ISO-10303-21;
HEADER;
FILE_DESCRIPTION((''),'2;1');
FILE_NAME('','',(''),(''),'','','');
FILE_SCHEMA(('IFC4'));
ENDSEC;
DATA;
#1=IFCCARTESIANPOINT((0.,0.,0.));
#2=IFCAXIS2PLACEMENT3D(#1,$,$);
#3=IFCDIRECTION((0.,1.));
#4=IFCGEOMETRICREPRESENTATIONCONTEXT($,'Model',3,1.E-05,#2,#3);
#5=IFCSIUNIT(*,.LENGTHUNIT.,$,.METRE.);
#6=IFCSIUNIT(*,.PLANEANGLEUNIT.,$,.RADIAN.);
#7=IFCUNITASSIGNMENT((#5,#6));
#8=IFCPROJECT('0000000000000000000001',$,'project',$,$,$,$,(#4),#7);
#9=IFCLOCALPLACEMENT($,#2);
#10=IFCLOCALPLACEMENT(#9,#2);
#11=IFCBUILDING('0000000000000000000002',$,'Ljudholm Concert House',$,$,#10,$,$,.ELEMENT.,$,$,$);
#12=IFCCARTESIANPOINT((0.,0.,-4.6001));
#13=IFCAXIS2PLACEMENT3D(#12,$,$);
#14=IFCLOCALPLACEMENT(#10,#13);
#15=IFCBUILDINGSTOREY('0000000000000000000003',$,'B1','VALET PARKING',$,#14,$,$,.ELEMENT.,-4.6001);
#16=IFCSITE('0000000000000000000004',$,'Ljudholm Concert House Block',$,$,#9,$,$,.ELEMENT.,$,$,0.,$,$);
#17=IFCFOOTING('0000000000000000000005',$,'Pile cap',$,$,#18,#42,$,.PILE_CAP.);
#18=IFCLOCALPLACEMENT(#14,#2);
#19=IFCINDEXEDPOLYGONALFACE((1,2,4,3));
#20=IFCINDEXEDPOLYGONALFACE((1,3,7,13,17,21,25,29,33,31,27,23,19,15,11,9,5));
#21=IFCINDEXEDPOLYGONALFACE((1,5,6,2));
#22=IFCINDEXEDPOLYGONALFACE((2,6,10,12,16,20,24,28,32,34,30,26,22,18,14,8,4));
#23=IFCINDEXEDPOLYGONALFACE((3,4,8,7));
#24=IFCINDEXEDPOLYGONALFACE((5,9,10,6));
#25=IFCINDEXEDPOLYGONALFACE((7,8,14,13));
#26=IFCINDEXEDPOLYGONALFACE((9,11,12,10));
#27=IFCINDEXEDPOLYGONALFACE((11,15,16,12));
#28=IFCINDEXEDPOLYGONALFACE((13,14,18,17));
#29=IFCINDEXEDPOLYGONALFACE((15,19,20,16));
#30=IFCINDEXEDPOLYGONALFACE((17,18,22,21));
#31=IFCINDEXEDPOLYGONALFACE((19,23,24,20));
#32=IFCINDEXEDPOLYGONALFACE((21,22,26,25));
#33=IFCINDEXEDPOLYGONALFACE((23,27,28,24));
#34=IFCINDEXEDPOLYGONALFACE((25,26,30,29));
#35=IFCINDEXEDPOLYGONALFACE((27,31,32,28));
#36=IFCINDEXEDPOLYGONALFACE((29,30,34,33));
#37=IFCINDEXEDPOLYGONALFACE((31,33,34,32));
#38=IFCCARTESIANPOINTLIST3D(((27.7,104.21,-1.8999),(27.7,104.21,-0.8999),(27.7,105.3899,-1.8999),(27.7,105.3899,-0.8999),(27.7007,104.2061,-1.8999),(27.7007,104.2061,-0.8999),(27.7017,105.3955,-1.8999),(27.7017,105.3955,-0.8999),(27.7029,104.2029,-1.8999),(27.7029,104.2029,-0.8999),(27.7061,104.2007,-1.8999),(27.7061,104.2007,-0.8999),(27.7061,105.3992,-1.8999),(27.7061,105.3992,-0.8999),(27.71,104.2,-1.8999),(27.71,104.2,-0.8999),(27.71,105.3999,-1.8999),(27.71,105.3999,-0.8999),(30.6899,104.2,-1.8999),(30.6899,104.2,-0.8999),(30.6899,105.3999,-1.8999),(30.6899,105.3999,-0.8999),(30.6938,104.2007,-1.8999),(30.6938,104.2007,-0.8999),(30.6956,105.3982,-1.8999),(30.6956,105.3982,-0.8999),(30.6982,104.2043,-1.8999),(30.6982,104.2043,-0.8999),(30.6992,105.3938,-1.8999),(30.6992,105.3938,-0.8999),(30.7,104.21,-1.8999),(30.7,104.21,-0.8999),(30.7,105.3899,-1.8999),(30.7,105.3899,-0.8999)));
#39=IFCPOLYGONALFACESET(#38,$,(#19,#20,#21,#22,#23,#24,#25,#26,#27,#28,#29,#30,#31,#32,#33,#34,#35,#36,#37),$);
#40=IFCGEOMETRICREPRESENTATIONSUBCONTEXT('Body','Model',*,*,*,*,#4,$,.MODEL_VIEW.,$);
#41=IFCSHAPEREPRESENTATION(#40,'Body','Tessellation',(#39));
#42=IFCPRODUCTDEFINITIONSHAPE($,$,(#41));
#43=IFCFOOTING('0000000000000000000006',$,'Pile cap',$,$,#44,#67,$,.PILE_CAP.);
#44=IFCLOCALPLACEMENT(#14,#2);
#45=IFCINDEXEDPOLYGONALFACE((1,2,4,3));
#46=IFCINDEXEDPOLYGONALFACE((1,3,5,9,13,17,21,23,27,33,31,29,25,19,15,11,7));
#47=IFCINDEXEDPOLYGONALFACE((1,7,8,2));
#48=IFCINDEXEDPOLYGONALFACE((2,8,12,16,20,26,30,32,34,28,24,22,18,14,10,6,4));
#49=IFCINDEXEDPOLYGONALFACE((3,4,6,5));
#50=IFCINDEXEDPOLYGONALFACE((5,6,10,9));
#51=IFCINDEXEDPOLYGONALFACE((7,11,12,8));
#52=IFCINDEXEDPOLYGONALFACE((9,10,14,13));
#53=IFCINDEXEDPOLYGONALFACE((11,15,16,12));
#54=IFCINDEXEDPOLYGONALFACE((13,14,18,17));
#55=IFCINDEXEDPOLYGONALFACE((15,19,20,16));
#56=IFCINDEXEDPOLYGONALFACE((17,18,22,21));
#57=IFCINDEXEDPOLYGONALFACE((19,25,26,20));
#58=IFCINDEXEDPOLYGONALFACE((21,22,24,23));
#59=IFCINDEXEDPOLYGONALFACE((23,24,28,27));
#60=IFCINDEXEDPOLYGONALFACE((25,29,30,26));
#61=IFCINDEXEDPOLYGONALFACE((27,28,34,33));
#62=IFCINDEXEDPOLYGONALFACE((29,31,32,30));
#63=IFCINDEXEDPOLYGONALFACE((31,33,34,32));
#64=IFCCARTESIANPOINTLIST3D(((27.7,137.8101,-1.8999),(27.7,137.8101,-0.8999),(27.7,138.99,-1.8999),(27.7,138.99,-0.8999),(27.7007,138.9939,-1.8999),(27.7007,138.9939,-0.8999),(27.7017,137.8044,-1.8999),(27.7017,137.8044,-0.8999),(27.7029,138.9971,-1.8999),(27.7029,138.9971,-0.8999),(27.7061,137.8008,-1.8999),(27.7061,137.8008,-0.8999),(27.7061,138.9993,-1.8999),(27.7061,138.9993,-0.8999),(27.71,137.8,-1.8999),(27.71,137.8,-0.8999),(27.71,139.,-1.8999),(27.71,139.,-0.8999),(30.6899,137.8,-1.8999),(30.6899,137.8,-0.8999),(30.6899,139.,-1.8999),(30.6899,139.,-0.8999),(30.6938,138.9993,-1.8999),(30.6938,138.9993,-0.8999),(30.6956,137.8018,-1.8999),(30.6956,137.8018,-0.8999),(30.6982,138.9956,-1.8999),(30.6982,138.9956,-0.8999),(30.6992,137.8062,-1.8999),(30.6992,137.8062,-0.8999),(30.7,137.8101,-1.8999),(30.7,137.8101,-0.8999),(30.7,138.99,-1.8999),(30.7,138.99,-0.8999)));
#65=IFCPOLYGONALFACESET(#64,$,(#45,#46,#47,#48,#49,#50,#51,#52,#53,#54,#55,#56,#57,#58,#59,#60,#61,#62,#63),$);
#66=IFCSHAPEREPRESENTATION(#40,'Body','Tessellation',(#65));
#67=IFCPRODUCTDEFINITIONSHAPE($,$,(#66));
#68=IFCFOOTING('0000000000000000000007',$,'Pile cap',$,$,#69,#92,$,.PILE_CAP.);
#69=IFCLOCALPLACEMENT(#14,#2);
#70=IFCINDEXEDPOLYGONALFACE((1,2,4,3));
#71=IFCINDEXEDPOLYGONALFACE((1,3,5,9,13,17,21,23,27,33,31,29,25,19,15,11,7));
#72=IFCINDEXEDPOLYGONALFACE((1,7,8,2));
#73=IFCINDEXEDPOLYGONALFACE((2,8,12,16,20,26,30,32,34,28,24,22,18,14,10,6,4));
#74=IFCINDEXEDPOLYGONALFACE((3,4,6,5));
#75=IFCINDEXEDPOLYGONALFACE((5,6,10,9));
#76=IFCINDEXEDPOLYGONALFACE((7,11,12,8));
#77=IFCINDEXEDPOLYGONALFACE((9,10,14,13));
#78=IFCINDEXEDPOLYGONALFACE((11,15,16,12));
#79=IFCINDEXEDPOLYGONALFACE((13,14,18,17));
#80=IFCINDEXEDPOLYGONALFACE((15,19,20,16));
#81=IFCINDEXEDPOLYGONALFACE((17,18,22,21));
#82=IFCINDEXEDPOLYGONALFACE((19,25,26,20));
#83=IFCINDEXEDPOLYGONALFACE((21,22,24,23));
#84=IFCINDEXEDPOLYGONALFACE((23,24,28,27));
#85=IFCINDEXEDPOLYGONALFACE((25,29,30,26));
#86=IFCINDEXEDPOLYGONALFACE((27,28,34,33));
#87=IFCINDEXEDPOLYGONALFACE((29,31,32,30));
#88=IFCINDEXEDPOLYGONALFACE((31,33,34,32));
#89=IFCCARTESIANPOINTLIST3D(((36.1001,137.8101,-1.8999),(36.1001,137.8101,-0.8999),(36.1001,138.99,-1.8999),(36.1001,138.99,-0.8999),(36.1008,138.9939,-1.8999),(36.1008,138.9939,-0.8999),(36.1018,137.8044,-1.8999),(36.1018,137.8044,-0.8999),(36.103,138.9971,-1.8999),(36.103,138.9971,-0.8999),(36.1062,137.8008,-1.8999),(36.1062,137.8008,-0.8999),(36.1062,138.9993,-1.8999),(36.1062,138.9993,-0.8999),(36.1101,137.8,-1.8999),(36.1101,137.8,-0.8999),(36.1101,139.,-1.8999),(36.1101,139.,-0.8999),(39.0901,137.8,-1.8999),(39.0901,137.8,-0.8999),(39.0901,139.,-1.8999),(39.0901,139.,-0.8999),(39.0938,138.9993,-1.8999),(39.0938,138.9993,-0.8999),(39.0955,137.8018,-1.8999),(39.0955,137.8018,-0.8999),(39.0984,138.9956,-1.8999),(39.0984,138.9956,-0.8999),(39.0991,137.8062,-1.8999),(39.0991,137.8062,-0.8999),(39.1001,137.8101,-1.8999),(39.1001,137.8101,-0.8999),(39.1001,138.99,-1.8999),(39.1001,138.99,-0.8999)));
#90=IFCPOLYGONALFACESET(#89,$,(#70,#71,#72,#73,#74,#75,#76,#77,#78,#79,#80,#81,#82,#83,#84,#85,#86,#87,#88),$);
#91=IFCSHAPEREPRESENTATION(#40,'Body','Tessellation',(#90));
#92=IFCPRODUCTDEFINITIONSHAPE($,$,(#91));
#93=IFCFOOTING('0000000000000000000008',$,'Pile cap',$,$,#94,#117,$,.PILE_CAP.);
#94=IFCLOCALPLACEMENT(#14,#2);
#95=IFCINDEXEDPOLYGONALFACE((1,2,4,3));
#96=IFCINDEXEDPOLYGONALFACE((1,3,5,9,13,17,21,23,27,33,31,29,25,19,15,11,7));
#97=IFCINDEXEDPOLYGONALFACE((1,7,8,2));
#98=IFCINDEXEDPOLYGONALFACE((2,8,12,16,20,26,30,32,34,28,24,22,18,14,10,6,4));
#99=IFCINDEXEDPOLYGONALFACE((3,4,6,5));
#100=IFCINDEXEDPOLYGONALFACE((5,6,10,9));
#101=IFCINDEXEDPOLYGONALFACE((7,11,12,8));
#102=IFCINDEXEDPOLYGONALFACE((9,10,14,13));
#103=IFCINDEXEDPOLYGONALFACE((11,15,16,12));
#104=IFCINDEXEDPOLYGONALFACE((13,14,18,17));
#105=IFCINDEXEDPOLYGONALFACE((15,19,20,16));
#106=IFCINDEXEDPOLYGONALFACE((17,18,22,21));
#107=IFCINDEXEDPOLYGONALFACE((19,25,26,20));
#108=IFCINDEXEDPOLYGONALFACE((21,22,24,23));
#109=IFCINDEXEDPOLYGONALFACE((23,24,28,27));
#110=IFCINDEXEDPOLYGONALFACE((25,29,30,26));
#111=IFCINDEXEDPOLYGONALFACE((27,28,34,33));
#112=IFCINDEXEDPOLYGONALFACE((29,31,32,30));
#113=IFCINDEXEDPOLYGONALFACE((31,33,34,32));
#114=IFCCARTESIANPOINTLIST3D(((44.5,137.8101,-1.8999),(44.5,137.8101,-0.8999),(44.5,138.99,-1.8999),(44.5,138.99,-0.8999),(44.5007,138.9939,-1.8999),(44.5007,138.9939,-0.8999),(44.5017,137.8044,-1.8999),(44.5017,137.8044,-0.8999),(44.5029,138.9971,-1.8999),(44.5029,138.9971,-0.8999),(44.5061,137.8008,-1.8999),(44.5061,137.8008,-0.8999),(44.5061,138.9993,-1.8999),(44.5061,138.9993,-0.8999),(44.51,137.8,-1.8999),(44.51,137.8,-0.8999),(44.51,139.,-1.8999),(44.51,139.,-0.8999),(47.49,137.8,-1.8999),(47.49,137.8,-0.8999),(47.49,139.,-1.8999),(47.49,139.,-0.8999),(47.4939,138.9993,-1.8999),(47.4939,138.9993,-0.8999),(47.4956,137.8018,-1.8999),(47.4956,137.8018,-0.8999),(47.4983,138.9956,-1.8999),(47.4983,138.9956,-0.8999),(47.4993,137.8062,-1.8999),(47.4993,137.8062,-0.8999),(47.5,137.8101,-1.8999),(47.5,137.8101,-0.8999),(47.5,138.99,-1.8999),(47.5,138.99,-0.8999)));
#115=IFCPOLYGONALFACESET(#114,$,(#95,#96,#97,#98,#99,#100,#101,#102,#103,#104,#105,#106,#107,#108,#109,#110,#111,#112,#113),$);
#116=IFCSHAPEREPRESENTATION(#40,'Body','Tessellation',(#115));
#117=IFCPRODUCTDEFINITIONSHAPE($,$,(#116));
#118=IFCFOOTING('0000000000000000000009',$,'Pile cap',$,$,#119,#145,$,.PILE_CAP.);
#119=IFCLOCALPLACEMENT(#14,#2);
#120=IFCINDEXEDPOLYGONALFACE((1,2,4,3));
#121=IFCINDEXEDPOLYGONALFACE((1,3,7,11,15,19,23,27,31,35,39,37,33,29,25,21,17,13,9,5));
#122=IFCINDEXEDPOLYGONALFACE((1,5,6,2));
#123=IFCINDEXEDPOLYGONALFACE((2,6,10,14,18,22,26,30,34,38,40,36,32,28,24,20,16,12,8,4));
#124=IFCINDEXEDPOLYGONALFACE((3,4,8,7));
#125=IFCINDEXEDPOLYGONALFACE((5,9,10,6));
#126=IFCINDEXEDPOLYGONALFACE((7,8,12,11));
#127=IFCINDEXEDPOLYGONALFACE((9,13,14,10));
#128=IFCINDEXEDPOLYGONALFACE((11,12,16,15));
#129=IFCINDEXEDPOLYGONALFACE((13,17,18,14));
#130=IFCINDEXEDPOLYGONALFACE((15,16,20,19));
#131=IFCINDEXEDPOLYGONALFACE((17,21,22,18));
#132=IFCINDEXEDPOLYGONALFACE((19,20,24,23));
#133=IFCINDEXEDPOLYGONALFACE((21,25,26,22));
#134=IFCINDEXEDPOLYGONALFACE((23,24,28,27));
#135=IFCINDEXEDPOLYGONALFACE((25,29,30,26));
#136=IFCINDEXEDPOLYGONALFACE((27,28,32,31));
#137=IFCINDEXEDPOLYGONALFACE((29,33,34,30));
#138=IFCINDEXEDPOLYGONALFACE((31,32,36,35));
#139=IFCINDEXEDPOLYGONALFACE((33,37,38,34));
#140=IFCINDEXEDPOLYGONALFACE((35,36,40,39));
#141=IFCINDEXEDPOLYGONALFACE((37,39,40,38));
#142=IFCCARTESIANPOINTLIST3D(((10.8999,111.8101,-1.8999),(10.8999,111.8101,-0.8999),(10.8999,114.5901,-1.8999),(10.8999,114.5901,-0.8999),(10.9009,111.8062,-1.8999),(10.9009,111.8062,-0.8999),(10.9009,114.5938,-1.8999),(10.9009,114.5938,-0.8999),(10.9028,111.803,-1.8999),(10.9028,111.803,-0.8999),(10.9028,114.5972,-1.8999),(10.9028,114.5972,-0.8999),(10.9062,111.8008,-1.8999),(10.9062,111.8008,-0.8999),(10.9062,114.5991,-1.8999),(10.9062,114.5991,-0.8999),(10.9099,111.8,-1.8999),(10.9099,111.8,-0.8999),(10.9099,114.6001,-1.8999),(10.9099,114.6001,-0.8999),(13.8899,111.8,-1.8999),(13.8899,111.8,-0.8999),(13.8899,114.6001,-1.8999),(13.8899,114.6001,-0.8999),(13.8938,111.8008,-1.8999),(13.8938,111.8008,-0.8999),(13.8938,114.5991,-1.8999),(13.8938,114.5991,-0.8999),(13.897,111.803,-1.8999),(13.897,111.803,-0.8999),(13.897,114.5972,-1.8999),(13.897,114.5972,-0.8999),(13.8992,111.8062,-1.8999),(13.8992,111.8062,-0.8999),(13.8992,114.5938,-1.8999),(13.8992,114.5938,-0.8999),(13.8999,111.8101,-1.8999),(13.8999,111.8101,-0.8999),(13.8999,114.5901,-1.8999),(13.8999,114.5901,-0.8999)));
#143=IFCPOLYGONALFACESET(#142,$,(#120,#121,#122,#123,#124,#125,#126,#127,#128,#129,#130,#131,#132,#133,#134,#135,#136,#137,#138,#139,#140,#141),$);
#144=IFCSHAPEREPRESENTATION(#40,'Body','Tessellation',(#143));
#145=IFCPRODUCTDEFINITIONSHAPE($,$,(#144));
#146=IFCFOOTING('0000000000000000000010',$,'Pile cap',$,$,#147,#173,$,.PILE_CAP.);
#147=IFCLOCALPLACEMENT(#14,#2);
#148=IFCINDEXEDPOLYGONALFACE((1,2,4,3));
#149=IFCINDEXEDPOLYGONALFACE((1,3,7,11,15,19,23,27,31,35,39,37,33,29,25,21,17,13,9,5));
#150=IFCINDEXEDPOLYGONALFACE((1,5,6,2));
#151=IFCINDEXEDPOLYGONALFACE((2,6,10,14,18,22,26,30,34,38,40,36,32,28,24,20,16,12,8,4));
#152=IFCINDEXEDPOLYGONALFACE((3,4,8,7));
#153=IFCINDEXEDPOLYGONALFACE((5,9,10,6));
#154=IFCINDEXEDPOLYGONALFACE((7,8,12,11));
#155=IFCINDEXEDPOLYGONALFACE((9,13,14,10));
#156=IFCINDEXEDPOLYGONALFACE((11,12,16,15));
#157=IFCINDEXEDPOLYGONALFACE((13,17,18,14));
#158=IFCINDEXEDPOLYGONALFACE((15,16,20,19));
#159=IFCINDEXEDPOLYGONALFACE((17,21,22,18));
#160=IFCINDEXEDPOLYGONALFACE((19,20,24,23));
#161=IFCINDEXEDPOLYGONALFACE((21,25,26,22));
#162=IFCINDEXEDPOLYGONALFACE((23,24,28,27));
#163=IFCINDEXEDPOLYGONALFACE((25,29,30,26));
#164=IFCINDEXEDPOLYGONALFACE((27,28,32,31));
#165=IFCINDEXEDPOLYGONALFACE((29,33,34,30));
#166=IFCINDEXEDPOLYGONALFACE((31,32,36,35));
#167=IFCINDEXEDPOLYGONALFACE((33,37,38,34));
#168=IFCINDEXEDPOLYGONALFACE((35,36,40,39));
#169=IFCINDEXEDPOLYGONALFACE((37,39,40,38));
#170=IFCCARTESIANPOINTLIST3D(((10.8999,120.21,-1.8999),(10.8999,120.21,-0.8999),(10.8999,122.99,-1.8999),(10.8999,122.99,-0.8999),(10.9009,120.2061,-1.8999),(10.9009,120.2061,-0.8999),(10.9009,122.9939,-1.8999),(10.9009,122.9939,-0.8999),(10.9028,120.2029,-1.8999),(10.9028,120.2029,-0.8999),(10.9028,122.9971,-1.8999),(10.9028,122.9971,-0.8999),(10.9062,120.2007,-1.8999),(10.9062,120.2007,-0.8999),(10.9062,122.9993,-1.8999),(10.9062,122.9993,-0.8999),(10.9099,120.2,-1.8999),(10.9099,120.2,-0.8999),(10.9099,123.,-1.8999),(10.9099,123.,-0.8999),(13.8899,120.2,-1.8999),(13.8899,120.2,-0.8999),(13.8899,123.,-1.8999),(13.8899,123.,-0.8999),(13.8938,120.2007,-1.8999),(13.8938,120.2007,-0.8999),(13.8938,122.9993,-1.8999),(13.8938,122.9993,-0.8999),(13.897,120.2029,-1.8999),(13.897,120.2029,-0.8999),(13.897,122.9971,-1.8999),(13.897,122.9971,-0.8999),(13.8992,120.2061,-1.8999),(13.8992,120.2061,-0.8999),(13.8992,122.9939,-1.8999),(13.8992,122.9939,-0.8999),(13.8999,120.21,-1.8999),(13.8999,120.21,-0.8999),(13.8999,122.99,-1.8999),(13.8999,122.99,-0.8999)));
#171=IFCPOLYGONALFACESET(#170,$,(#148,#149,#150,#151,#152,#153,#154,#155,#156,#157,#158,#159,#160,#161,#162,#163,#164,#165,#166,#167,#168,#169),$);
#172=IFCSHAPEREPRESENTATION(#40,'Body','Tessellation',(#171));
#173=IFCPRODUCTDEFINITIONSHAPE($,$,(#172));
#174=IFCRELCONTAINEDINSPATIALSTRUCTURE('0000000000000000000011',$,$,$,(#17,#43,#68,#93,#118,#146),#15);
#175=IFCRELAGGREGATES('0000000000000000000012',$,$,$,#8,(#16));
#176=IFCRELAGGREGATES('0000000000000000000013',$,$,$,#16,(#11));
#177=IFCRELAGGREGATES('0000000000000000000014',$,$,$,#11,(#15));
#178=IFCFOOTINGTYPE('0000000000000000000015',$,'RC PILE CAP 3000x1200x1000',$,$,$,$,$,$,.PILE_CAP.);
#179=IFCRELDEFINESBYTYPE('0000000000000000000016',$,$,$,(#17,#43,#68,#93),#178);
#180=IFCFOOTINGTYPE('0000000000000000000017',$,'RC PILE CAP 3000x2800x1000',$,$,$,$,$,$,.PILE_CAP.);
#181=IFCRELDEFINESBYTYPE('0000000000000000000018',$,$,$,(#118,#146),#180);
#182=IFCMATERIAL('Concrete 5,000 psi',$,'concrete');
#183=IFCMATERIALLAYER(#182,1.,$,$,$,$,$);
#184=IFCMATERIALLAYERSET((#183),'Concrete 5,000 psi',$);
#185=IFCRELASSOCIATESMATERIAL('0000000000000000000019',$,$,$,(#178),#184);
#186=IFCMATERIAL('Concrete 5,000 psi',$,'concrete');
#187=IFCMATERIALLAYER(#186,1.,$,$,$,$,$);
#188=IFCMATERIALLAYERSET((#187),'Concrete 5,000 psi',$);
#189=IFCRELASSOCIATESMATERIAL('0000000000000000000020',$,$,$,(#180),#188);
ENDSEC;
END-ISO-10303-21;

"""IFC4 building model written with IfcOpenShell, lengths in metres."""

from ifc_helpers import new_model, si_unit, direction, frame, origin, place, context, subcontext, project, spatial, polyline, outline, extrude, material, layer, layer_set, type_object, element, save


model = new_model("IFC4")

# Units and contexts
model_context = context("Model", 3, precision=1e-05, world=origin(), true_north=direction((0.0, 1.0)))
body_context = subcontext(model_context, "Body", "Model", "MODEL_VIEW")
ifc_project = project(units=[si_unit("LENGTHUNIT", "METRE"), si_unit("PLANEANGLEUNIT", "RADIAN")], contexts=[model_context])

# Site, building, storey
site_placement = place(None, origin())
site = spatial("IfcSite", under=ifc_project, at=site_placement, Name="Ljudholm Concert House Block", CompositionType="ELEMENT", RefElevation=0.0)
building_placement = place(site_placement, origin())
building = spatial("IfcBuilding", under=site, at=building_placement, Name="Ljudholm Concert House", CompositionType="ELEMENT")
storey_placement = place(building_placement, frame((0.0, 0.0, -4.6001)))
storey = spatial("IfcBuildingStorey", under=building, at=storey_placement, Name="B1", Description="VALET PARKING", CompositionType="ELEMENT", Elevation=-4.6001)

# Footings
ifc_material_1 = material(Name="Concrete 5,000 psi", Category="concrete")
ifc_layer_1 = layer(ifc_material_1, 1.0)
ifc_layer_set_1 = layer_set([ifc_layer_1], Name="Concrete 5,000 psi")
footing_type_1 = type_object("IfcFootingType", Name="RC PILE CAP 3000x1200x1000", PredefinedType="PILE_CAP", material=ifc_layer_set_1)
footing_1_placement = place(storey_placement, frame((0.0, 0.0, -1.8999)))
element("IfcFooting", 1, at=footing_1_placement, inside=storey, type_object=footing_type_1, Name="Pile cap", PredefinedType="PILE_CAP", context=body_context, shape_type="SweptSolid", body=[
    extrude(outline(polyline([(27.71, 104.2), (30.6899, 104.2), (30.6938, 104.2007), (30.6982, 104.2043), (30.7, 104.21), (30.7, 105.3899), (30.6992, 105.3938), (30.6956, 105.3982), (30.6899, 105.3999), (27.71, 105.3999), (27.7061, 105.3992), (27.7017, 105.3955), (27.7, 105.3899), (27.7, 104.21), (27.7007, 104.2061), (27.7029, 104.2029), (27.7061, 104.2007), (27.71, 104.2)])), origin(), (0.0, 0.0, 1.0), 1.0),
])
footing_2_placement = place(storey_placement, frame((0.0, 0.0, -1.8999)))
element("IfcFooting", 2, at=footing_2_placement, inside=storey, type_object=footing_type_1, Name="Pile cap", PredefinedType="PILE_CAP", context=body_context, shape_type="SweptSolid", body=[
    extrude(outline(polyline([(27.7, 138.99), (27.7, 137.8101), (27.7017, 137.8044), (27.7061, 137.8008), (27.71, 137.8), (30.6899, 137.8), (30.6956, 137.8018), (30.6992, 137.8062), (30.7, 137.8101), (30.7, 138.99), (30.6982, 138.9956), (30.6938, 138.9993), (30.6899, 139.0), (27.71, 139.0), (27.7061, 138.9993), (27.7029, 138.9971), (27.7007, 138.9939), (27.7, 138.99)])), origin(), (0.0, 0.0, 1.0), 1.0),
])
footing_3_placement = place(storey_placement, frame((0.0, 0.0, -1.8999)))
element("IfcFooting", 3, at=footing_3_placement, inside=storey, type_object=footing_type_1, Name="Pile cap", PredefinedType="PILE_CAP", context=body_context, shape_type="SweptSolid", body=[
    extrude(outline(polyline([(36.1001, 138.99), (36.1001, 137.8101), (36.1018, 137.8044), (36.1062, 137.8008), (36.1101, 137.8), (39.0901, 137.8), (39.0955, 137.8018), (39.0991, 137.8062), (39.1001, 137.8101), (39.1001, 138.99), (39.0984, 138.9956), (39.0938, 138.9993), (39.0901, 139.0), (36.1101, 139.0), (36.1062, 138.9993), (36.103, 138.9971), (36.1008, 138.9939), (36.1001, 138.99)])), origin(), (0.0, 0.0, 1.0), 1.0),
])
footing_4_placement = place(storey_placement, frame((0.0, 0.0, -1.8999)))
element("IfcFooting", 4, at=footing_4_placement, inside=storey, type_object=footing_type_1, Name="Pile cap", PredefinedType="PILE_CAP", context=body_context, shape_type="SweptSolid", body=[
    extrude(outline(polyline([(44.5, 138.99), (44.5, 137.8101), (44.5017, 137.8044), (44.5061, 137.8008), (44.51, 137.8), (47.49, 137.8), (47.4956, 137.8018), (47.4993, 137.8062), (47.5, 137.8101), (47.5, 138.99), (47.4983, 138.9956), (47.4939, 138.9993), (47.49, 139.0), (44.51, 139.0), (44.5061, 138.9993), (44.5029, 138.9971), (44.5007, 138.9939), (44.5, 138.99)])), origin(), (0.0, 0.0, 1.0), 1.0),
])
ifc_material_2 = material(Name="Concrete 5,000 psi", Category="concrete")
ifc_layer_2 = layer(ifc_material_2, 1.0)
ifc_layer_set_2 = layer_set([ifc_layer_2], Name="Concrete 5,000 psi")
footing_type_2 = type_object("IfcFootingType", Name="RC PILE CAP 3000x2800x1000", PredefinedType="PILE_CAP", material=ifc_layer_set_2)
footing_5_placement = place(storey_placement, frame((0.0, 0.0, -1.8999)))
element("IfcFooting", 5, at=footing_5_placement, inside=storey, type_object=footing_type_2, Name="Pile cap", PredefinedType="PILE_CAP", context=body_context, shape_type="SweptSolid", body=[
    extrude(outline(polyline([(10.9099, 111.8), (13.8899, 111.8), (13.8938, 111.8008), (13.897, 111.803), (13.8992, 111.8062), (13.8999, 111.8101), (13.8999, 114.5901), (13.8992, 114.5938), (13.897, 114.5972), (13.8938, 114.5991), (13.8899, 114.6001), (10.9099, 114.6001), (10.9062, 114.5991), (10.9028, 114.5972), (10.9009, 114.5938), (10.8999, 114.5901), (10.8999, 111.8101), (10.9009, 111.8062), (10.9028, 111.803), (10.9062, 111.8008), (10.9099, 111.8)])), origin(), (0.0, 0.0, 1.0), 1.0),
])
footing_6_placement = place(storey_placement, frame((0.0, 0.0, -1.8999)))
element("IfcFooting", 6, at=footing_6_placement, inside=storey, type_object=footing_type_2, Name="Pile cap", PredefinedType="PILE_CAP", context=body_context, shape_type="SweptSolid", body=[
    extrude(outline(polyline([(10.9099, 120.2), (13.8899, 120.2), (13.8938, 120.2007), (13.897, 120.2029), (13.8992, 120.2061), (13.8999, 120.21), (13.8999, 122.99), (13.8992, 122.9939), (13.897, 122.9971), (13.8938, 122.9993), (13.8899, 123.0), (10.9099, 123.0), (10.9062, 122.9993), (10.9028, 122.9971), (10.9009, 122.9939), (10.8999, 122.99), (10.8999, 120.21), (10.9009, 120.2061), (10.9028, 120.2029), (10.9062, 120.2007), (10.9099, 120.2)])), origin(), (0.0, 0.0, 1.0), 1.0),
])

save(model, "model.ifc")
